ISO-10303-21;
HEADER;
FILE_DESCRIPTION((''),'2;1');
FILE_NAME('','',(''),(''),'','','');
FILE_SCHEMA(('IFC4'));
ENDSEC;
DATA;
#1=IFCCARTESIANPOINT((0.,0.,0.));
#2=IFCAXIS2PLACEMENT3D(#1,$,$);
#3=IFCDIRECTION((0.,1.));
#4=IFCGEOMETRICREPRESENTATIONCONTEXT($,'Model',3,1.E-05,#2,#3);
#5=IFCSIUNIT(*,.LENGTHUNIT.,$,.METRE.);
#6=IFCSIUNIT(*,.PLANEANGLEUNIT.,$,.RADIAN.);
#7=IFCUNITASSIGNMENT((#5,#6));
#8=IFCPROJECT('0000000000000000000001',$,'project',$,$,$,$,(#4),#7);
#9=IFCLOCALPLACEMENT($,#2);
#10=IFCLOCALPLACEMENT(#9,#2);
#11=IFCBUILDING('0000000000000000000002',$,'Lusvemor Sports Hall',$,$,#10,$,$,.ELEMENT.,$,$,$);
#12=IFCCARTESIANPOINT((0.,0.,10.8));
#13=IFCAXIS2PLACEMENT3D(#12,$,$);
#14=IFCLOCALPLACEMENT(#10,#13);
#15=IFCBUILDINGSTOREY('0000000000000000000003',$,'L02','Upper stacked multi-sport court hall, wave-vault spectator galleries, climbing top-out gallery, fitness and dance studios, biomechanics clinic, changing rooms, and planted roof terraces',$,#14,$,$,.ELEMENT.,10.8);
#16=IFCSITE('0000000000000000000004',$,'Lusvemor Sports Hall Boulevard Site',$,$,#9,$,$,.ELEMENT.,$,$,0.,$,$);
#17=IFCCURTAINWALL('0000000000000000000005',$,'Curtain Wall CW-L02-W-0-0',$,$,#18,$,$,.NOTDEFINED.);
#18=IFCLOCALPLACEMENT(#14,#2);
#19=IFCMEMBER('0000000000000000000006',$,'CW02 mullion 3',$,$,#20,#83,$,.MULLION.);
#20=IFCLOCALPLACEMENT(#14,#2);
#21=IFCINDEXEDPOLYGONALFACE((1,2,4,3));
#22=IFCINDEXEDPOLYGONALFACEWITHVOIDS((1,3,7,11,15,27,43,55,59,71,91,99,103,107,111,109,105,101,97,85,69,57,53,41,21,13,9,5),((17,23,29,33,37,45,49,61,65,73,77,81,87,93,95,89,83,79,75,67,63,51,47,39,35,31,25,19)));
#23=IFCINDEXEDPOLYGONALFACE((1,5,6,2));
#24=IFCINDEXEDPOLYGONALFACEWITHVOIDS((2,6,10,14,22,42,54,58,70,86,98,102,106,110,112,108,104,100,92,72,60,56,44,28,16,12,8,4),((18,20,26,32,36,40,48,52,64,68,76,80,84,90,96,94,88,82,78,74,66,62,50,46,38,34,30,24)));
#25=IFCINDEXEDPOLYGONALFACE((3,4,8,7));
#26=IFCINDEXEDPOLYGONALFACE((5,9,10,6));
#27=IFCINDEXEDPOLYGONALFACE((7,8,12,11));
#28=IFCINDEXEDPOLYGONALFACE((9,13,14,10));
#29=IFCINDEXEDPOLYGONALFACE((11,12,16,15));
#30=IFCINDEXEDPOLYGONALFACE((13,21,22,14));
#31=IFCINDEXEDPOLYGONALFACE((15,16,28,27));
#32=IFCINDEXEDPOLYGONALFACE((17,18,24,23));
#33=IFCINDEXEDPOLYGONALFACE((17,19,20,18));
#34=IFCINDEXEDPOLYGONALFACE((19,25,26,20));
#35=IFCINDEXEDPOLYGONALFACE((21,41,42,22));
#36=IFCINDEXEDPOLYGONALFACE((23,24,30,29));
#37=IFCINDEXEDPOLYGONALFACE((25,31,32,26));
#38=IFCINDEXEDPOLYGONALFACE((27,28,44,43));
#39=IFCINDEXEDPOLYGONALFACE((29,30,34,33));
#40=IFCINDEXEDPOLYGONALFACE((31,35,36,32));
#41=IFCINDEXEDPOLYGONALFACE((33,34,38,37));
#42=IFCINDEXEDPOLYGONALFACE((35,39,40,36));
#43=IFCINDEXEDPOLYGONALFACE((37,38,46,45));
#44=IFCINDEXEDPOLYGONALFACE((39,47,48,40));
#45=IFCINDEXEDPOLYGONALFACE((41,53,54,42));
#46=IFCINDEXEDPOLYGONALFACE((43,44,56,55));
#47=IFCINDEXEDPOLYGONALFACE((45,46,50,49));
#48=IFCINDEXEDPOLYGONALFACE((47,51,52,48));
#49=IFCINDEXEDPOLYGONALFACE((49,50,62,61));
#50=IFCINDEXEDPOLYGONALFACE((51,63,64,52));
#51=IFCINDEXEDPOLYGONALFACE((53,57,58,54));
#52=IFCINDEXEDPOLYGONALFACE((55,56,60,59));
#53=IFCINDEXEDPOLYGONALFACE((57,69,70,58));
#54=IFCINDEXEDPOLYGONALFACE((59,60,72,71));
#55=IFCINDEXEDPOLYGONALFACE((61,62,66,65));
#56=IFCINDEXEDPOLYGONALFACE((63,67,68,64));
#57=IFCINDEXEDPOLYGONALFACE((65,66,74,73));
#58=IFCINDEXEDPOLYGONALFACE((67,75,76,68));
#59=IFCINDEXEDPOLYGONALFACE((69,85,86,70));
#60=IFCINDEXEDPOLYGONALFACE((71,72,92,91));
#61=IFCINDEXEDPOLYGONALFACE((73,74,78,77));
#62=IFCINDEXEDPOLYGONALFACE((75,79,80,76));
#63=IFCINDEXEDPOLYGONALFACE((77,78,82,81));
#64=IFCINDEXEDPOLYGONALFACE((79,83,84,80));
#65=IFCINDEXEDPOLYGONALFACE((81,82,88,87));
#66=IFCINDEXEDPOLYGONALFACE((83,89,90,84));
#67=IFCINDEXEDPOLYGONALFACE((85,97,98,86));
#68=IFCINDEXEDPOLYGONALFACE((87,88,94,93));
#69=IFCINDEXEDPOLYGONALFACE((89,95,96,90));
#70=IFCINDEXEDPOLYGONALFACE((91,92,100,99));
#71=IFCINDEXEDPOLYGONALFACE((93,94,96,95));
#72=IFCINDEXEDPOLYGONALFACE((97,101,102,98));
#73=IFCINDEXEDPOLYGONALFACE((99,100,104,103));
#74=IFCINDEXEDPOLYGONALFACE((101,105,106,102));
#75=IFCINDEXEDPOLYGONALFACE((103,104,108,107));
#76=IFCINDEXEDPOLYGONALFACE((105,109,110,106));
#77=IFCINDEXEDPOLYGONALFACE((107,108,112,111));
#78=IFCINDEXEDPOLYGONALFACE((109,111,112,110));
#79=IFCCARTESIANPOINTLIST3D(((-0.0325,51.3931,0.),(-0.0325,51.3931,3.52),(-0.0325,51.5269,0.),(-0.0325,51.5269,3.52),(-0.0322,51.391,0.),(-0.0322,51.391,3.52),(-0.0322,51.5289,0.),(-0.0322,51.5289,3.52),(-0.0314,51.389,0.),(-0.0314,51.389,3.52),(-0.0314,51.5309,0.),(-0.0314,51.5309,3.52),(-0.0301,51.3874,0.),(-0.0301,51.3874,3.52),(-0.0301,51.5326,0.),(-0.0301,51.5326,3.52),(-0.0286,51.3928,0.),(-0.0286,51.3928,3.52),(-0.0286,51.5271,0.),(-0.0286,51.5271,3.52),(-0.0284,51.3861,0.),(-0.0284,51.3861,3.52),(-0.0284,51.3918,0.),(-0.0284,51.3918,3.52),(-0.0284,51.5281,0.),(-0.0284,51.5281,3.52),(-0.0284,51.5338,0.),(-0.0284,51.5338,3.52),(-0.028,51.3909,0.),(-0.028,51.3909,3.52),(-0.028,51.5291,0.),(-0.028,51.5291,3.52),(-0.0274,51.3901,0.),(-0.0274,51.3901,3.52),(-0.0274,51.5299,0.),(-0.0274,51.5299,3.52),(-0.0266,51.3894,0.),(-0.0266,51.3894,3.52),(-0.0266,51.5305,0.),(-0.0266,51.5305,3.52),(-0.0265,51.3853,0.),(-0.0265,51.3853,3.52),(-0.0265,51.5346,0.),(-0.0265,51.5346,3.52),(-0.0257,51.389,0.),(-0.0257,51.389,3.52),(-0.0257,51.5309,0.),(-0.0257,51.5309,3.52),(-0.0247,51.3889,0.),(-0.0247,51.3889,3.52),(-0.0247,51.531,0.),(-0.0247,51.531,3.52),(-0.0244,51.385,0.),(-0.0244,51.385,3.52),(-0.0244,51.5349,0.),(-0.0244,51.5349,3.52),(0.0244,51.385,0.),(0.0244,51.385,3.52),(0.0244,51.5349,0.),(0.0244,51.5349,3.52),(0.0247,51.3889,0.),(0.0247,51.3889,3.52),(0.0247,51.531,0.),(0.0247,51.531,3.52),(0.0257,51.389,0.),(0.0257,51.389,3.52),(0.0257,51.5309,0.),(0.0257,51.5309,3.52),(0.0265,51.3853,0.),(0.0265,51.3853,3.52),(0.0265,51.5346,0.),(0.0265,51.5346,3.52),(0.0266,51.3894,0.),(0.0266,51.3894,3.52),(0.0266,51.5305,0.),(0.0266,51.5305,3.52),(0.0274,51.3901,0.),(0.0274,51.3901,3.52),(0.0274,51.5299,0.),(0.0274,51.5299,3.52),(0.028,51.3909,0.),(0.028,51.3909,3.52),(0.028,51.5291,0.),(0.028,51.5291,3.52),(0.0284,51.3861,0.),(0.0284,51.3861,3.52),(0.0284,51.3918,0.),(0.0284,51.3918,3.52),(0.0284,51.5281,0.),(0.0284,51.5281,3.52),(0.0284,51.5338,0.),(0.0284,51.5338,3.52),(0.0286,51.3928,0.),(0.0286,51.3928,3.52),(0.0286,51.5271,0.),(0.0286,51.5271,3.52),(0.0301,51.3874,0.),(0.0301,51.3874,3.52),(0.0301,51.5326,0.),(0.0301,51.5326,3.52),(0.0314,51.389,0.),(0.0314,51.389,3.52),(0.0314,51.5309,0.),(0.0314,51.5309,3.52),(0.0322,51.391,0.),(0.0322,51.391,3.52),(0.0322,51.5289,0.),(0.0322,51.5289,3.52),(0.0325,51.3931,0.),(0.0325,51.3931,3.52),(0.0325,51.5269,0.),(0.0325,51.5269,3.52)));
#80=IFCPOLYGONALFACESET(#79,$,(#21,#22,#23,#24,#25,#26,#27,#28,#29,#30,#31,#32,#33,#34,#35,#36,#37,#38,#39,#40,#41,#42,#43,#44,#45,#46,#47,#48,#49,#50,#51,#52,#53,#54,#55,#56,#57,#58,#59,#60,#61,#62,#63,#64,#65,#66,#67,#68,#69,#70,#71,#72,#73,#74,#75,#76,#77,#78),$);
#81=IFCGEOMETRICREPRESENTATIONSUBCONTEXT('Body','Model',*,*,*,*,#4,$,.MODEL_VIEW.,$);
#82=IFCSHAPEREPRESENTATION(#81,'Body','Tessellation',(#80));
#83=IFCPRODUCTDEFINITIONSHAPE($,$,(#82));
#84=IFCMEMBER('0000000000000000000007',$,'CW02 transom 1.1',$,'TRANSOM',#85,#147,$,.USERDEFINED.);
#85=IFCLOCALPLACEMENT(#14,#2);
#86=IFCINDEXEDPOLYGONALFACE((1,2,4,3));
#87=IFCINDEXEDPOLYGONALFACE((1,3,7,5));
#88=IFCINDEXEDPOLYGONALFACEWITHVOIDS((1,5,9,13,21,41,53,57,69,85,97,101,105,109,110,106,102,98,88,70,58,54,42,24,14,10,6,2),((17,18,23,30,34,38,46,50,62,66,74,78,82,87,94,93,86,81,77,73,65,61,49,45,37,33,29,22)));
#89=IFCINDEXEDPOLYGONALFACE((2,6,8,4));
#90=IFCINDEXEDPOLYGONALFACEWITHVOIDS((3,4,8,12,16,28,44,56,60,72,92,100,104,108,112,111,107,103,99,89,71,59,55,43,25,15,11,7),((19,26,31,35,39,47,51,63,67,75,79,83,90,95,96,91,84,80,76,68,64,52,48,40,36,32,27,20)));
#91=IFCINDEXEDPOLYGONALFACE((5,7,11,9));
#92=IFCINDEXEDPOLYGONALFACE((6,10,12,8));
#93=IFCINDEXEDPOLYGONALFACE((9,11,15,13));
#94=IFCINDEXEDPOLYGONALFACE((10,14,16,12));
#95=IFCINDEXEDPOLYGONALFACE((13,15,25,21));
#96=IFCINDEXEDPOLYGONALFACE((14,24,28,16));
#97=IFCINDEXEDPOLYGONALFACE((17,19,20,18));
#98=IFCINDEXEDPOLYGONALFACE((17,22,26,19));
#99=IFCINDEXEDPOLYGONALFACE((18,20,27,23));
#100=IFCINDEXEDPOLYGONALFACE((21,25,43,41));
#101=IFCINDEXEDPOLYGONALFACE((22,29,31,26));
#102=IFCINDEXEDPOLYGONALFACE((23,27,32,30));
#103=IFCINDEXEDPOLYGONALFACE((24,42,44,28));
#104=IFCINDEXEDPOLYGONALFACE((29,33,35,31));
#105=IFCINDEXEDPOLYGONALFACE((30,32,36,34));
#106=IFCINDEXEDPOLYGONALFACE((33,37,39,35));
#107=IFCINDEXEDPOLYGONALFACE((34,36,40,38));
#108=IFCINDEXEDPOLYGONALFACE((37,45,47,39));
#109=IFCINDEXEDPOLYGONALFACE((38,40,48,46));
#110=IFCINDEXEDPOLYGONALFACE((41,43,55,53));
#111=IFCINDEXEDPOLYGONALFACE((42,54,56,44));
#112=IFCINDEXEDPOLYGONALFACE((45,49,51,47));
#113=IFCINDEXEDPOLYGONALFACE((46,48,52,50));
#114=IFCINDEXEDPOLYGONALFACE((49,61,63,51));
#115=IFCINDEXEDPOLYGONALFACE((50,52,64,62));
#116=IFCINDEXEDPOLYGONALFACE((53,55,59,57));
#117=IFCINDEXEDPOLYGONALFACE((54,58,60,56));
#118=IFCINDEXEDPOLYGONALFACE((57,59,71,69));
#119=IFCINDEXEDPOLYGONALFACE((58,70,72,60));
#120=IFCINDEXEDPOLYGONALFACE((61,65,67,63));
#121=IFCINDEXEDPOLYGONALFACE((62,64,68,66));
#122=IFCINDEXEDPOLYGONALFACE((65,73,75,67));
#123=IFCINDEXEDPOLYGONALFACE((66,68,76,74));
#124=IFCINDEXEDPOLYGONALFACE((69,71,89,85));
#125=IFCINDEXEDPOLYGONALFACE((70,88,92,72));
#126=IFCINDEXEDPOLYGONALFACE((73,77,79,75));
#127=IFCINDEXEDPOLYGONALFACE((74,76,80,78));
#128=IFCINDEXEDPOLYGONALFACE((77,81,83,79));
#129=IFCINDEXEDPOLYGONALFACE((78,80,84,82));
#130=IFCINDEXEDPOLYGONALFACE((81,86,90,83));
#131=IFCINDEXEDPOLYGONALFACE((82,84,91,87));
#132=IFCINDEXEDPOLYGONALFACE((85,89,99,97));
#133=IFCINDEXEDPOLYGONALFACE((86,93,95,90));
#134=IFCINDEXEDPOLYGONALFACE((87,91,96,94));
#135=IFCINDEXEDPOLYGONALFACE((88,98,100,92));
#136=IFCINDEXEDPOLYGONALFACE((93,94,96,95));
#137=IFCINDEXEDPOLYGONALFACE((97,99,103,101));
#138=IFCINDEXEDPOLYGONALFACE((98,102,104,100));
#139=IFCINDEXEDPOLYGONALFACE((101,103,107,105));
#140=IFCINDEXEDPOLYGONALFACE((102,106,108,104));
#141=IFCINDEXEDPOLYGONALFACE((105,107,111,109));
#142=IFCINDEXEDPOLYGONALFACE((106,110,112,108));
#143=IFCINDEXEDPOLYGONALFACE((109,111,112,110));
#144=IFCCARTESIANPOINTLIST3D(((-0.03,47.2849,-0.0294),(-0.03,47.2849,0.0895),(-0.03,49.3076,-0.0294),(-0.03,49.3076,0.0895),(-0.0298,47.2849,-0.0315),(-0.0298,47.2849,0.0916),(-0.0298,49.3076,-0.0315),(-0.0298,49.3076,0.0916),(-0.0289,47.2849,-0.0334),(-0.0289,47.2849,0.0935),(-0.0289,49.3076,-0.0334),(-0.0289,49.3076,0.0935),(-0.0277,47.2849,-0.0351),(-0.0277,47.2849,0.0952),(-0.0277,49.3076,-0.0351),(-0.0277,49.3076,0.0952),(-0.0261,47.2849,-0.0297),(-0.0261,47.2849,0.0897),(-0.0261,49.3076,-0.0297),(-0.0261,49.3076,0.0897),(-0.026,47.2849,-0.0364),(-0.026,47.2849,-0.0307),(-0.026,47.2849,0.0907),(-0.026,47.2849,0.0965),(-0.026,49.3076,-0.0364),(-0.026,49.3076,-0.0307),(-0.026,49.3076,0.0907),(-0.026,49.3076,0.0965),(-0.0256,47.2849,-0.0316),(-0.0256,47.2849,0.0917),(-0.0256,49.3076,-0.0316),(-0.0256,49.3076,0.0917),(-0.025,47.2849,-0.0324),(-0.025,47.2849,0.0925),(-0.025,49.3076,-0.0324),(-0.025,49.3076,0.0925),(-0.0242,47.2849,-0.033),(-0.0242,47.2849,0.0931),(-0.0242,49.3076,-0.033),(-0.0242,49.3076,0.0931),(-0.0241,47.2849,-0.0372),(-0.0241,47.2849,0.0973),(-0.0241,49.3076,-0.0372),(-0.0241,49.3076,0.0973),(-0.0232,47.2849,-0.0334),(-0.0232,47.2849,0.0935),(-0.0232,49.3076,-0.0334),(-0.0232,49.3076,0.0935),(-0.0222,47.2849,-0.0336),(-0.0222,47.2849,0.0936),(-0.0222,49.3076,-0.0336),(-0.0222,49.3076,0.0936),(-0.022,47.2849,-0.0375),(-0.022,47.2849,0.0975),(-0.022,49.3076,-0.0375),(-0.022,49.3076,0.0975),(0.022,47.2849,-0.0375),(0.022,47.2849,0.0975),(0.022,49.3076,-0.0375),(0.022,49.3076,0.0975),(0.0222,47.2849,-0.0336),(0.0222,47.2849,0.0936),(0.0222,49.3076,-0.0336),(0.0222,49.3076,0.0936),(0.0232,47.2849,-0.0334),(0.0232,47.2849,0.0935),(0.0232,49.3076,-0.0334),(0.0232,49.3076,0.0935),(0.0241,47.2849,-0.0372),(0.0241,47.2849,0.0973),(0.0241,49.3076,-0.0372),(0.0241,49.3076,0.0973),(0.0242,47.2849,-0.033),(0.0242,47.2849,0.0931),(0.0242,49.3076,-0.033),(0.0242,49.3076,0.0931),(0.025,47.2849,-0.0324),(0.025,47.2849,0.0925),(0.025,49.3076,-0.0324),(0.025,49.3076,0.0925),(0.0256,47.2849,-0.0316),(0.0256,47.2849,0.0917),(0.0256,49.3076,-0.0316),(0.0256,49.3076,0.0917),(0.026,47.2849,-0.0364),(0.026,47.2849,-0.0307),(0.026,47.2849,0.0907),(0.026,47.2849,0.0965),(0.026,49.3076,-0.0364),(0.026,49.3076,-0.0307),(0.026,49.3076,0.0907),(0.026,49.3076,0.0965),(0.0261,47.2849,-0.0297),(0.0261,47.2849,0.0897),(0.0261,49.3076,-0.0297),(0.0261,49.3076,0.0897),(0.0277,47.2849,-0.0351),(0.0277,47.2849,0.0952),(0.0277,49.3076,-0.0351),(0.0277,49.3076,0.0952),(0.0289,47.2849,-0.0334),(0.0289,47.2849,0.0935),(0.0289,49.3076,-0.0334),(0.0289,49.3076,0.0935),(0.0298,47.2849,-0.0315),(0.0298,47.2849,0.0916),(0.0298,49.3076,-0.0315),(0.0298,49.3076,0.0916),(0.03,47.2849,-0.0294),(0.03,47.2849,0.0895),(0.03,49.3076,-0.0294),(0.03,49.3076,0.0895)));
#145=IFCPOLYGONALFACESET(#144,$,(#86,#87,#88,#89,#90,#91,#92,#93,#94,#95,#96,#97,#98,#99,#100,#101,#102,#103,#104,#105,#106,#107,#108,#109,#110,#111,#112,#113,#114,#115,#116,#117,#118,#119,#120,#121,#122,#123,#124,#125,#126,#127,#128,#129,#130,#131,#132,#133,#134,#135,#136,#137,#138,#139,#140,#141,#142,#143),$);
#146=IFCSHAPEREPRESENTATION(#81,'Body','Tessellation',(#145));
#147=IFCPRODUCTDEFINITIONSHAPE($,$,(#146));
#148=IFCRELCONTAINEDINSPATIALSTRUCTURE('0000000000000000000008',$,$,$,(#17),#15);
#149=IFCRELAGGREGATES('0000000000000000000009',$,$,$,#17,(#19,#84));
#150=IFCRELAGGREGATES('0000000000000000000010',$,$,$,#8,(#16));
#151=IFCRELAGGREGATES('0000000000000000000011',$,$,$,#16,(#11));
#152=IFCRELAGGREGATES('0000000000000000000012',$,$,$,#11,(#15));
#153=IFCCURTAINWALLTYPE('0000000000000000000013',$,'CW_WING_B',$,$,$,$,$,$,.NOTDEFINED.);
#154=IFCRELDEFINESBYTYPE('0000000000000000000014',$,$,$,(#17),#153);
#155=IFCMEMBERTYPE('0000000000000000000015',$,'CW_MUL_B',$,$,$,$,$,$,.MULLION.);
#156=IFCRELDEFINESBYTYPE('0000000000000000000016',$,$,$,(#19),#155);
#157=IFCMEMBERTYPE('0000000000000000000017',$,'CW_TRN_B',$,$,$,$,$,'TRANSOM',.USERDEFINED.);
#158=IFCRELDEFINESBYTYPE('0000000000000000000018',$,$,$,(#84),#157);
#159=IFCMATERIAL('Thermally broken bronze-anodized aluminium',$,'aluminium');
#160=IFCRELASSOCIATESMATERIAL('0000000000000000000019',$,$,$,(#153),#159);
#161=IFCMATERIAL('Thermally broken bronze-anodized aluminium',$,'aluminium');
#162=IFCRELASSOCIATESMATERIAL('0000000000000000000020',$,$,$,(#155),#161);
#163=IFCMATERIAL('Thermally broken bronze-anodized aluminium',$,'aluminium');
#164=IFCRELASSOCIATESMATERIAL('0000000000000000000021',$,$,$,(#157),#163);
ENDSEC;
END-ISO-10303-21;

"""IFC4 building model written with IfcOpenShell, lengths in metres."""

from ifc_helpers import new_model, si_unit, direction, frame, origin, origin_2d, place, context, subcontext, project, spatial, hollow_rectangle, extrude, material, material_profile, profile_set, type_object, element, aggregate, save


model = new_model("IFC4")

# Units and contexts
model_context = context("Model", 3, precision=1e-05, world=origin(), true_north=direction((0.0, 1.0)))
body_context = subcontext(model_context, "Body", "Model", "MODEL_VIEW")
ifc_project = project(units=[si_unit("LENGTHUNIT", "METRE"), si_unit("PLANEANGLEUNIT", "RADIAN")], contexts=[model_context])

# Site, building, storey
site_placement = place(None, origin())
site = spatial("IfcSite", under=ifc_project, at=site_placement, Name="Lusvemor Sports Hall Boulevard Site", CompositionType="ELEMENT", RefElevation=0.0)
building_placement = place(site_placement, origin())
building = spatial("IfcBuilding", under=site, at=building_placement, Name="Lusvemor Sports Hall", CompositionType="ELEMENT")
storey_placement = place(building_placement, frame((0.0, 0.0, 10.8)))
storey = spatial("IfcBuildingStorey", under=building, at=storey_placement, Name="L02", Description="Upper stacked multi-sport court hall, wave-vault spectator galleries, climbing top-out gallery, fitness and dance studios, biomechanics clinic, changing rooms, and planted roof terraces", CompositionType="ELEMENT", Elevation=10.8)

# Curtain wall, members
ifc_material_1 = material(Name="Thermally broken bronze-anodized aluminium", Category="aluminium")
curtain_wall_type = type_object("IfcCurtainWallType", Name="CW_WING_B", PredefinedType="NOTDEFINED", material=ifc_material_1)
curtain_wall_placement = place(storey_placement, origin())
curtain_wall = element("IfcCurtainWall", 1, at=curtain_wall_placement, inside=storey, type_object=curtain_wall_type, Name="Curtain Wall CW-L02-W-0-0", PredefinedType="NOTDEFINED")
ifc_material_2 = material(Name="Thermally broken bronze-anodized aluminium", Category="aluminium")
ifc_material_profile_1 = material_profile(ifc_material_2, hollow_rectangle(XDim=0.0649, YDim=0.1499, WallThickness=0.0039, InnerFilletRadius=0.0039, OuterFilletRadius=0.0081, at=origin_2d()), Name="CWMUL150x65x4")
ifc_profile_set_1 = profile_set([ifc_material_profile_1], Name="Thermally broken bronze-anodized aluminium")
member_type_1 = type_object("IfcMemberType", Name="CW_MUL_B", PredefinedType="MULLION", material=ifc_profile_set_1)
member_1_placement = place(storey_placement, frame((0.0, 51.46, 0.0), z_axis=(0.0, 0.0, 1.0), x_axis=(-1.0, 0.0, 0.0)))
member_1 = element("IfcMember", 2, at=member_1_placement, type_object=member_type_1, Name="CW02 mullion 3", PredefinedType="MULLION", context=body_context, shape_type="SweptSolid", body=[
    extrude(hollow_rectangle(XDim=0.0649, YDim=0.1499, WallThickness=0.0039, InnerFilletRadius=0.0039, OuterFilletRadius=0.0081, at=origin_2d()), origin(), (0.0, 0.0, 1.0), 3.52),
])
ifc_material_3 = material(Name="Thermally broken bronze-anodized aluminium", Category="aluminium")
ifc_material_profile_2 = material_profile(ifc_material_3, hollow_rectangle(XDim=0.0601, YDim=0.135, WallThickness=0.0039, InnerFilletRadius=0.0039, OuterFilletRadius=0.0081, at=origin_2d()), Name="CWTRN135x60x4")
ifc_profile_set_2 = profile_set([ifc_material_profile_2], Name="Thermally broken bronze-anodized aluminium")
member_type_2 = type_object("IfcMemberType", Name="CW_TRN_B", ElementType="TRANSOM", PredefinedType="USERDEFINED", material=ifc_profile_set_2)
member_2_placement = place(storey_placement, frame((0.0, 47.2849, 0.03), z_axis=(0.0, 1.0, 0.0), x_axis=(-1.0, 0.0, 0.0)))
member_2 = element("IfcMember", 3, at=member_2_placement, type_object=member_type_2, Name="CW02 transom 1.1", ObjectType="TRANSOM", PredefinedType="USERDEFINED", context=body_context, shape_type="SweptSolid", body=[
    extrude(hollow_rectangle(XDim=0.0601, YDim=0.135, WallThickness=0.0039, InnerFilletRadius=0.0039, OuterFilletRadius=0.0081, at=origin_2d()), origin(), (0.0, 0.0, 1.0), 2.0227),
])

aggregate(curtain_wall, [member_1, member_2])

save(model, "model.ifc")
